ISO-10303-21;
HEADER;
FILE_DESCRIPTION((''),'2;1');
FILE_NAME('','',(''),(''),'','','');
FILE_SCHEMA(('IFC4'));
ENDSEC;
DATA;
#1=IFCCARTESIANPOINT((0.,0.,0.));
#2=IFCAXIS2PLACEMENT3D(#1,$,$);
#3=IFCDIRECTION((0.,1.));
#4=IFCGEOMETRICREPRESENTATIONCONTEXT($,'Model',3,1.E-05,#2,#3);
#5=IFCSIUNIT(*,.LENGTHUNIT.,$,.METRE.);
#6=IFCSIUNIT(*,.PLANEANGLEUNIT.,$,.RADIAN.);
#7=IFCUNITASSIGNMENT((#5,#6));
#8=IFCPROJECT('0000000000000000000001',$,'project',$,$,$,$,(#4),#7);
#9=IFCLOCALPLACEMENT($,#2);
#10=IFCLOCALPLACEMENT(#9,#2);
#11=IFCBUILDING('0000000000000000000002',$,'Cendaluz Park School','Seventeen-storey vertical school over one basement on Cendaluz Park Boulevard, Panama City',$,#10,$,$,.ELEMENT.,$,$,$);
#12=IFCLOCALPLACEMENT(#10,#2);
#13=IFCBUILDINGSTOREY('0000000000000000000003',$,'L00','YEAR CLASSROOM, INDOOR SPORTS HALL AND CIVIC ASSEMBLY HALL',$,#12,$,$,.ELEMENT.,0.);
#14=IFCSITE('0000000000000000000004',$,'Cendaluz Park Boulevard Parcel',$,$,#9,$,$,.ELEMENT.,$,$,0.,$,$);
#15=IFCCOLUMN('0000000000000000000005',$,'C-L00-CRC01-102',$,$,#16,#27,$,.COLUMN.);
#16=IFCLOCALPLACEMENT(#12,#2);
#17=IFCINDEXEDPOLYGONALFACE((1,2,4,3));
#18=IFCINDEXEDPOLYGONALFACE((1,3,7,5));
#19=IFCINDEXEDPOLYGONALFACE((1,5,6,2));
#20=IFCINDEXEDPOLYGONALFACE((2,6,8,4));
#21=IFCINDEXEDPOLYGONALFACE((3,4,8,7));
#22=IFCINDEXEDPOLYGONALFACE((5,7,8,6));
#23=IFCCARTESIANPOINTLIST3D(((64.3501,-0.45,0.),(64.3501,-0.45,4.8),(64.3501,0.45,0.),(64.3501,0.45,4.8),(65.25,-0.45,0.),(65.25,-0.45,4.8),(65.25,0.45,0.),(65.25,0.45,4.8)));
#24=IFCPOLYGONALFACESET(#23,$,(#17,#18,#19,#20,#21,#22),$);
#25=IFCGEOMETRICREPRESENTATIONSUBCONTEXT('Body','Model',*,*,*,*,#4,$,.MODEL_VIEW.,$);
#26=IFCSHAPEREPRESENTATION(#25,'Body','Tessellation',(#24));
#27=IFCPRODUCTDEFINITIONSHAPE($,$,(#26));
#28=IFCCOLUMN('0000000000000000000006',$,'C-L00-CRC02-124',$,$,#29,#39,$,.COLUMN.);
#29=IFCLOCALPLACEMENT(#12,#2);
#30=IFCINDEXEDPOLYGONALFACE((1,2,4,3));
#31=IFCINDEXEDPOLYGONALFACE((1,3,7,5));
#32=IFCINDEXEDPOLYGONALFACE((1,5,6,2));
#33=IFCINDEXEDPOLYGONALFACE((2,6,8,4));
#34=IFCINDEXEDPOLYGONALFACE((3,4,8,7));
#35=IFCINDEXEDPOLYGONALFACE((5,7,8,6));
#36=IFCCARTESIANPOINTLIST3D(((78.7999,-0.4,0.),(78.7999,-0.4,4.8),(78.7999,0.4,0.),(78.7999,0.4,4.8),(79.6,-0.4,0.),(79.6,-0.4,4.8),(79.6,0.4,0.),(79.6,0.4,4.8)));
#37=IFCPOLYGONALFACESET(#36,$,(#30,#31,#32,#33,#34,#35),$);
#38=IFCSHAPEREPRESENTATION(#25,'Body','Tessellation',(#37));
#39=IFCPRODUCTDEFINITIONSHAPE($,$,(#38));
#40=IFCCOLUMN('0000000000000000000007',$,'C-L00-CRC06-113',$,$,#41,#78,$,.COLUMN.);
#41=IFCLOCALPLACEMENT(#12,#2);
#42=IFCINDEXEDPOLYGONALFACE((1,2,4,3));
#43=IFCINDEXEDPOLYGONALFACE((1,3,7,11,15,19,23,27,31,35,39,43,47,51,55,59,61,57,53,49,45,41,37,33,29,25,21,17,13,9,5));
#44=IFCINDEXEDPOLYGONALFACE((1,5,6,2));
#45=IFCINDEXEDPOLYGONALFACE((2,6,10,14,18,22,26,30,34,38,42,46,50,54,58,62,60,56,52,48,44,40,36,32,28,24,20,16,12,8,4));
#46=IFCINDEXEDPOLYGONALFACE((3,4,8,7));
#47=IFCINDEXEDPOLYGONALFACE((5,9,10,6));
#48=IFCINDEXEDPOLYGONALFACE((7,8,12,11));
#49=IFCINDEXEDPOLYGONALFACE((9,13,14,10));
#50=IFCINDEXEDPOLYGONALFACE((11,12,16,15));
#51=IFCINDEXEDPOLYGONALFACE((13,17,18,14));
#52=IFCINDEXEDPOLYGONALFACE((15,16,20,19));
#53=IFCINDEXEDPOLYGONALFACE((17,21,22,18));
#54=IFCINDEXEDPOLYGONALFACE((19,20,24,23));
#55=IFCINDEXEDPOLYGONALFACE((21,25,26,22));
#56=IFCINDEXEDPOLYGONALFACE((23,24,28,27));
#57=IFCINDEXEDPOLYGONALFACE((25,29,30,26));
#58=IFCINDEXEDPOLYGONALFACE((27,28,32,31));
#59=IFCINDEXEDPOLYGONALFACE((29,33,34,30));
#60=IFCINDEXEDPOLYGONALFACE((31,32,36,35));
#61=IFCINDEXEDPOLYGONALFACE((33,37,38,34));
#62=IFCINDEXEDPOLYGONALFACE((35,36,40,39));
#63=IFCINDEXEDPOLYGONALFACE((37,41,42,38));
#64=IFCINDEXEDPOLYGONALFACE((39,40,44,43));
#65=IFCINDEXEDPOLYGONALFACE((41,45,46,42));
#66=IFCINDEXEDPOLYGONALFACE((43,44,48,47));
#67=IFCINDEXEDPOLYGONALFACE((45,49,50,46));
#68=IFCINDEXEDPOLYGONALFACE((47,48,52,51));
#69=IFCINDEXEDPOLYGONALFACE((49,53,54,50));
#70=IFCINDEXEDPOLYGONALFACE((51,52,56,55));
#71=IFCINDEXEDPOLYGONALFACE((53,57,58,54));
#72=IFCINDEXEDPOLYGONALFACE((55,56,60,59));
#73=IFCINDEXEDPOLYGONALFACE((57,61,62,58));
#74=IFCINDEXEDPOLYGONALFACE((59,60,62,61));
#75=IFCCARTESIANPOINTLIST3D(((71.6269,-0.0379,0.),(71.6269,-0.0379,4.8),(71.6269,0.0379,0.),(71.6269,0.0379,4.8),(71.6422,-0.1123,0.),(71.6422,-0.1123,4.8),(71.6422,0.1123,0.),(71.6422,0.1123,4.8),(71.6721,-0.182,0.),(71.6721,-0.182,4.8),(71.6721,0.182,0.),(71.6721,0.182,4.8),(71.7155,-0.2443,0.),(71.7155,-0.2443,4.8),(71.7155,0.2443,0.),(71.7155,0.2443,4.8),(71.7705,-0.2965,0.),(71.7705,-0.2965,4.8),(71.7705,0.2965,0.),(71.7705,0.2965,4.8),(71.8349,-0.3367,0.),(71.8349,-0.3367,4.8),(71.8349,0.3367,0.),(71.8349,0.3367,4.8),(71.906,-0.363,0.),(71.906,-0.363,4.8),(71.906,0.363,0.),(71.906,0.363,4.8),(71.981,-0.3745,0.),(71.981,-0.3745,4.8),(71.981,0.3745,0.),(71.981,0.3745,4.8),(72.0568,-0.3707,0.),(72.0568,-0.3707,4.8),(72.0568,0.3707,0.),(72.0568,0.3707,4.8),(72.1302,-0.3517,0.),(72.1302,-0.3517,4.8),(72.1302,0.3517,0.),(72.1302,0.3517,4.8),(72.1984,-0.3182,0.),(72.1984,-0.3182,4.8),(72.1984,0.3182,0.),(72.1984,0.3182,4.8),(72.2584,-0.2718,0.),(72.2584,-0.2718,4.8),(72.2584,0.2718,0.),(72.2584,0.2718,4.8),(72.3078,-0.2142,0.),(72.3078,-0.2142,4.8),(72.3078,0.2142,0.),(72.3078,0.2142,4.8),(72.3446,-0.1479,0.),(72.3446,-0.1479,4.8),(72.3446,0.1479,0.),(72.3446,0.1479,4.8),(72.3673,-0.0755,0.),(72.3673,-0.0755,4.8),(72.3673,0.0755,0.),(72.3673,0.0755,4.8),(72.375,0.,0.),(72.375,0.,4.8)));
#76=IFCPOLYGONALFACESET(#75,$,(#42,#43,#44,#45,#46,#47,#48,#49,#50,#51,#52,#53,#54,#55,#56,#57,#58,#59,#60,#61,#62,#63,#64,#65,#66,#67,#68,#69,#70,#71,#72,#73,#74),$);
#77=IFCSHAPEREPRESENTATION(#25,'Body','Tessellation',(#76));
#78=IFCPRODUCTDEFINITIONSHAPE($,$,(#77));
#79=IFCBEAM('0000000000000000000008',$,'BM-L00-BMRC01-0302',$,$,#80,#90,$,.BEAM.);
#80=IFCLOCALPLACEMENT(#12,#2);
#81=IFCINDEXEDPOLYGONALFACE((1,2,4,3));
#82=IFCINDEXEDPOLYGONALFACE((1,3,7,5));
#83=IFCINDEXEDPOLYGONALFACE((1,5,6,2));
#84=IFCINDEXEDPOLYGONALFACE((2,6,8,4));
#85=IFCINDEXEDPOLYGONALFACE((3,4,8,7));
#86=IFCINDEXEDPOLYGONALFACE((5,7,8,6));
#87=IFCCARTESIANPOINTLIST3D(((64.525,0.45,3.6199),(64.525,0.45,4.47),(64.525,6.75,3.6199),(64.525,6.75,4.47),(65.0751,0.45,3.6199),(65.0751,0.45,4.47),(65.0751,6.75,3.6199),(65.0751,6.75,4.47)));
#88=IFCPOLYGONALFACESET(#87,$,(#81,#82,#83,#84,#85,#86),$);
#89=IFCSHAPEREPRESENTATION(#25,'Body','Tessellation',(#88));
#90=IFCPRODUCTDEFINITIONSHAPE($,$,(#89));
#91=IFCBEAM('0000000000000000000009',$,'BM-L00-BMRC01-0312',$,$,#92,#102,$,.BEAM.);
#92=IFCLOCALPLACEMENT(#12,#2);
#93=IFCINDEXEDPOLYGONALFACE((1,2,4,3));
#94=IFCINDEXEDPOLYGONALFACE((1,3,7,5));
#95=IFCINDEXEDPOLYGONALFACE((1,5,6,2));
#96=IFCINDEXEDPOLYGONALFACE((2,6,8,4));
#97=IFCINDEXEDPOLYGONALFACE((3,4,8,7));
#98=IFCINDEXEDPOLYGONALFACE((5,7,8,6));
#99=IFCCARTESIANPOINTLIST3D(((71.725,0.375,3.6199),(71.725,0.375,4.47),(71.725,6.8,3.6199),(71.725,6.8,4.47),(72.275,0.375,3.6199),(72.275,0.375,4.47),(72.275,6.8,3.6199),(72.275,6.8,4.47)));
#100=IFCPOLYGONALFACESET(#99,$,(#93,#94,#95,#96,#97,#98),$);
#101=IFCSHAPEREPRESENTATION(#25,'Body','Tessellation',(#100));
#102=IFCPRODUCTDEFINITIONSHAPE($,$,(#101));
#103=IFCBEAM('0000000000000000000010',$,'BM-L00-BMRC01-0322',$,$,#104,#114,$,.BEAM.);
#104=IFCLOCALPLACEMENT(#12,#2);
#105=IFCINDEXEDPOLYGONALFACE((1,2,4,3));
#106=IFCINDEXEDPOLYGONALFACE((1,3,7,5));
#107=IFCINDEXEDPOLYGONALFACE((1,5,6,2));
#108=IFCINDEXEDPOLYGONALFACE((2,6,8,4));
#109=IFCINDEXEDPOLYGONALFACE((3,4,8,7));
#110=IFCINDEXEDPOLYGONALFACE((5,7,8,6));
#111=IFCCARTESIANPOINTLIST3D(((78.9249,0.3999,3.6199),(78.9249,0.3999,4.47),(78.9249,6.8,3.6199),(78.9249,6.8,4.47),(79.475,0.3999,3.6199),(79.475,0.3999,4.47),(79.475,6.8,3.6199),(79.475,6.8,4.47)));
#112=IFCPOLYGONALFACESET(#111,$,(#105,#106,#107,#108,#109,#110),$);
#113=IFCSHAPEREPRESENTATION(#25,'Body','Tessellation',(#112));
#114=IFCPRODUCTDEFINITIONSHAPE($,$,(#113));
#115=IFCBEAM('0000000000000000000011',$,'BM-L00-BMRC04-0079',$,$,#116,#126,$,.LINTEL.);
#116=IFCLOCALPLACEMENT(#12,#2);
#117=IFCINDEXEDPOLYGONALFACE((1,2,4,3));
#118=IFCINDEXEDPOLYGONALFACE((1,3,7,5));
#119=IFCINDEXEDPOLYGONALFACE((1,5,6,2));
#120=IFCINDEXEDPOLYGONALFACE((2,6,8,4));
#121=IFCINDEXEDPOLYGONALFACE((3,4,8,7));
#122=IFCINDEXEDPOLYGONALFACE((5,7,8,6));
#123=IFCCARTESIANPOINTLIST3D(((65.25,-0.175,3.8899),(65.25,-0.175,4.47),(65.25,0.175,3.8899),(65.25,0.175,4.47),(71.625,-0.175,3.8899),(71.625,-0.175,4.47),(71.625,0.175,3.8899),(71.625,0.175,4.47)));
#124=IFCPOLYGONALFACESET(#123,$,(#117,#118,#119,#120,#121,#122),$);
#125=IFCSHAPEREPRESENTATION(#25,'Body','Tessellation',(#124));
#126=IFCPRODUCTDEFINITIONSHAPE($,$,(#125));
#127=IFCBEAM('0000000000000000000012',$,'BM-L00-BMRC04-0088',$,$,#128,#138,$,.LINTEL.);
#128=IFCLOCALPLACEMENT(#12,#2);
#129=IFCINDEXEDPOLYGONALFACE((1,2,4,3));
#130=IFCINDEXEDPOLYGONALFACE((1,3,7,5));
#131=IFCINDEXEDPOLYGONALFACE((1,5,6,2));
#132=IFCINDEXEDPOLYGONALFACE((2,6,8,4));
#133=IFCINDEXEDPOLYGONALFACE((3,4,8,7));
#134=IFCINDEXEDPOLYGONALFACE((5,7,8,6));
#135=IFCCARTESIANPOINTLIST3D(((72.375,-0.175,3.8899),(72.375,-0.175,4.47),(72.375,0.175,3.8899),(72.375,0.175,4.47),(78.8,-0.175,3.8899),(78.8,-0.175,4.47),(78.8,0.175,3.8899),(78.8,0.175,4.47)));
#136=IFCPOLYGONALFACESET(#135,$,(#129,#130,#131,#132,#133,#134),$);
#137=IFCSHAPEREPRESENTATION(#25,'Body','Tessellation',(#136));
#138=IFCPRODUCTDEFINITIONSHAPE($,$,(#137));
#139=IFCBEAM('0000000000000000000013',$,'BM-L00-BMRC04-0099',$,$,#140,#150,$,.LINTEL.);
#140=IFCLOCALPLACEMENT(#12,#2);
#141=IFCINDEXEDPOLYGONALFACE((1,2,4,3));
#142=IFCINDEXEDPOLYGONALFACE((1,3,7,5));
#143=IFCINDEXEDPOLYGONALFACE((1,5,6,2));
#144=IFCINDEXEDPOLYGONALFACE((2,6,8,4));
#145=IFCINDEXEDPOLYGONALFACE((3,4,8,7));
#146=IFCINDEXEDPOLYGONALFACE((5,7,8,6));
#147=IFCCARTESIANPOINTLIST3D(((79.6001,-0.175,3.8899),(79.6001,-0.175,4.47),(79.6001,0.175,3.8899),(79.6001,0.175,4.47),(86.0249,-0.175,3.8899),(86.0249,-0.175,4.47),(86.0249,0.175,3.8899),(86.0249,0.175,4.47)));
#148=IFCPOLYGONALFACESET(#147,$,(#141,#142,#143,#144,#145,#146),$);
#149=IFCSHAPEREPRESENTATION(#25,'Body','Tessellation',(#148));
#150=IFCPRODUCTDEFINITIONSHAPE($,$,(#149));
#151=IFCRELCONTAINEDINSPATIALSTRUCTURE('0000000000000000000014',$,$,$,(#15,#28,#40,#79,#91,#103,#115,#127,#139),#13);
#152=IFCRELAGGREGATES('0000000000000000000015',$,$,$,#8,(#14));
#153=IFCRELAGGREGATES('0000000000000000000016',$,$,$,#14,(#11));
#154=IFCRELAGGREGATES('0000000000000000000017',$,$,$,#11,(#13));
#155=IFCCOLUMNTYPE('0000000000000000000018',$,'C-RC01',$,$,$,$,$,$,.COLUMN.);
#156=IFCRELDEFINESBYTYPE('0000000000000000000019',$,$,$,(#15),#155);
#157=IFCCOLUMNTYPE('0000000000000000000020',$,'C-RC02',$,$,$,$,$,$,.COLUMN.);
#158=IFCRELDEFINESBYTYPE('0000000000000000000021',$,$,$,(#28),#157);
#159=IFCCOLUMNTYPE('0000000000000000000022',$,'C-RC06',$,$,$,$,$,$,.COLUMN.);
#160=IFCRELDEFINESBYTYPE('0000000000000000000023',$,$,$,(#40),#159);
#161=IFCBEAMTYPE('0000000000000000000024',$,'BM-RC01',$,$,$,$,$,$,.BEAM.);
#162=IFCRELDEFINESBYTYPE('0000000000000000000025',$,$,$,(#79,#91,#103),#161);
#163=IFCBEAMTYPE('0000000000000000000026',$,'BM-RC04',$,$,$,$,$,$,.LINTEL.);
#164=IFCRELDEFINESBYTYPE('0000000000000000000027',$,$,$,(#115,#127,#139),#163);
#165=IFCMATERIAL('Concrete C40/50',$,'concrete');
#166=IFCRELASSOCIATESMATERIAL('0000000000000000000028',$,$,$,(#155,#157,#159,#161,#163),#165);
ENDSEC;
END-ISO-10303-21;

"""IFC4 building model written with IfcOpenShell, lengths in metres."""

from ifc_helpers import new_model, si_unit, direction, frame, origin, origin_2d, place, context, subcontext, project, spatial, rectangle, circle, extrude, material, material_profile, profile_set, type_object, element, save


model = new_model("IFC4")

# Units and contexts
model_context = context("Model", 3, precision=1e-05, world=origin(), true_north=direction((0.0, 1.0)))
body_context = subcontext(model_context, "Body", "Model", "MODEL_VIEW")
ifc_project = project(units=[si_unit("LENGTHUNIT", "METRE"), si_unit("PLANEANGLEUNIT", "RADIAN")], contexts=[model_context])

# Site, building, storey
site_placement = place(None, origin())
site = spatial("IfcSite", under=ifc_project, at=site_placement, Name="Cendaluz Park Boulevard Parcel", CompositionType="ELEMENT", RefElevation=0.0)
building_placement = place(site_placement, origin())
building = spatial("IfcBuilding", under=site, at=building_placement, Name="Cendaluz Park School", Description="Seventeen-storey vertical school over one basement on Cendaluz Park Boulevard, Panama City", CompositionType="ELEMENT")
storey_placement = place(building_placement, origin())
storey = spatial("IfcBuildingStorey", under=building, at=storey_placement, Name="L00", Description="YEAR CLASSROOM, INDOOR SPORTS HALL AND CIVIC ASSEMBLY HALL", CompositionType="ELEMENT", Elevation=0.0)

# Columns
ifc_material_1 = material(Name="Concrete C40/50", Category="concrete")
ifc_material_profile_1 = material_profile(ifc_material_1, rectangle(XDim=0.8999, YDim=0.8999, at=origin_2d()), Name="RC 900x900", Category="concrete")
ifc_profile_set_1 = profile_set([ifc_material_profile_1], Name="Concrete C40/50")
column_type_1 = type_object("IfcColumnType", Name="C-RC01", PredefinedType="COLUMN", material=ifc_profile_set_1)
column_1_placement = place(storey_placement, frame((64.8, 0.0, 0.0), z_axis=(0.0, 0.0, 1.0), x_axis=(1.0, 0.0, 0.0)))
element("IfcColumn", 1, at=column_1_placement, inside=storey, type_object=column_type_1, Name="C-L00-CRC01-102", PredefinedType="COLUMN", context=body_context, shape_type="SweptSolid", body=[
    extrude(rectangle(XDim=0.8999, YDim=0.8999, at=origin_2d()), origin(), (0.0, 0.0, 1.0), 4.8),
])
ifc_material_profile_2 = material_profile(ifc_material_1, rectangle(XDim=0.8, YDim=0.8, at=origin_2d()), Name="RC 800x800", Category="concrete")
ifc_profile_set_2 = profile_set([ifc_material_profile_2], Name="Concrete C40/50")
column_type_2 = type_object("IfcColumnType", Name="C-RC02", PredefinedType="COLUMN", material=ifc_profile_set_2)
column_2_placement = place(storey_placement, frame((79.2, 0.0, 0.0), z_axis=(0.0, 0.0, 1.0), x_axis=(1.0, 0.0, 0.0)))
element("IfcColumn", 2, at=column_2_placement, inside=storey, type_object=column_type_2, Name="C-L00-CRC02-124", PredefinedType="COLUMN", context=body_context, shape_type="SweptSolid", body=[
    extrude(rectangle(XDim=0.8, YDim=0.8, at=origin_2d()), origin(), (0.0, 0.0, 1.0), 4.8),
])
ifc_material_profile_3 = material_profile(ifc_material_1, circle(Radius=0.375, at=origin_2d()), Name="RC D750", Category="concrete")
ifc_profile_set_3 = profile_set([ifc_material_profile_3], Name="Concrete C40/50")
column_type_3 = type_object("IfcColumnType", Name="C-RC06", PredefinedType="COLUMN", material=ifc_profile_set_3)
column_3_placement = place(storey_placement, frame((72.0, 0.0, 0.0), z_axis=(0.0, 0.0, 1.0), x_axis=(1.0, 0.0, 0.0)))
element("IfcColumn", 3, at=column_3_placement, inside=storey, type_object=column_type_3, Name="C-L00-CRC06-113", PredefinedType="COLUMN", context=body_context, shape_type="SweptSolid", body=[
    extrude(circle(Radius=0.375, at=origin_2d()), origin(), (0.0, 0.0, 1.0), 4.8),
])

# Beams
ifc_material_profile_4 = material_profile(ifc_material_1, rectangle(XDim=0.55, YDim=0.8501, at=origin_2d()), Name="RC 550x850", Category="concrete")
ifc_profile_set_4 = profile_set([ifc_material_profile_4], Name="Concrete C40/50")
beam_type_1 = type_object("IfcBeamType", Name="BM-RC01", PredefinedType="BEAM", material=ifc_profile_set_4)
beam_1_placement = place(storey_placement, frame((64.8, 0.45, 4.0449), z_axis=(0.0, 1.0, 0.0), x_axis=(-1.0, 0.0, 0.0)))
element("IfcBeam", 4, at=beam_1_placement, inside=storey, type_object=beam_type_1, Name="BM-L00-BMRC01-0302", PredefinedType="BEAM", context=body_context, shape_type="SweptSolid", body=[
    extrude(rectangle(XDim=0.55, YDim=0.8501, at=origin_2d()), origin(), (0.0, 0.0, 1.0), 6.3),
])
beam_2_placement = place(storey_placement, frame((72.0, 0.375, 4.0449), z_axis=(0.0, 1.0, 0.0), x_axis=(-1.0, 0.0, 0.0)))
element("IfcBeam", 5, at=beam_2_placement, inside=storey, type_object=beam_type_1, Name="BM-L00-BMRC01-0312", PredefinedType="BEAM", context=body_context, shape_type="SweptSolid", body=[
    extrude(rectangle(XDim=0.55, YDim=0.8501, at=origin_2d()), origin(), (0.0, 0.0, 1.0), 6.425),
])
beam_3_placement = place(storey_placement, frame((79.2, 0.3999, 4.0449), z_axis=(0.0, 1.0, 0.0), x_axis=(-1.0, 0.0, 0.0)))
element("IfcBeam", 6, at=beam_3_placement, inside=storey, type_object=beam_type_1, Name="BM-L00-BMRC01-0322", PredefinedType="BEAM", context=body_context, shape_type="SweptSolid", body=[
    extrude(rectangle(XDim=0.55, YDim=0.8501, at=origin_2d()), origin(), (0.0, 0.0, 1.0), 6.4001),
])
ifc_material_profile_5 = material_profile(ifc_material_1, rectangle(XDim=0.3501, YDim=0.5801, at=origin_2d()), Name="RC 350x580", Category="concrete")
ifc_profile_set_5 = profile_set([ifc_material_profile_5], Name="Concrete C40/50")
beam_type_2 = type_object("IfcBeamType", Name="BM-RC04", PredefinedType="LINTEL", material=ifc_profile_set_5)
beam_4_placement = place(storey_placement, frame((65.25, 0.0, 4.1799), z_axis=(1.0, 0.0, 0.0), x_axis=(0.0, 1.0, 0.0)))
element("IfcBeam", 7, at=beam_4_placement, inside=storey, type_object=beam_type_2, Name="BM-L00-BMRC04-0079", PredefinedType="LINTEL", context=body_context, shape_type="SweptSolid", body=[
    extrude(rectangle(XDim=0.3501, YDim=0.5801, at=origin_2d()), origin(), (0.0, 0.0, 1.0), 6.375),
])
beam_5_placement = place(storey_placement, frame((72.375, 0.0, 4.1799), z_axis=(1.0, 0.0, 0.0), x_axis=(0.0, 1.0, 0.0)))
element("IfcBeam", 8, at=beam_5_placement, inside=storey, type_object=beam_type_2, Name="BM-L00-BMRC04-0088", PredefinedType="LINTEL", context=body_context, shape_type="SweptSolid", body=[
    extrude(rectangle(XDim=0.3501, YDim=0.5801, at=origin_2d()), origin(), (0.0, 0.0, 1.0), 6.425),
])
beam_6_placement = place(storey_placement, frame((79.6001, 0.0, 4.1799), z_axis=(1.0, 0.0, 0.0), x_axis=(0.0, 1.0, 0.0)))
element("IfcBeam", 9, at=beam_6_placement, inside=storey, type_object=beam_type_2, Name="BM-L00-BMRC04-0099", PredefinedType="LINTEL", context=body_context, shape_type="SweptSolid", body=[
    extrude(rectangle(XDim=0.3501, YDim=0.5801, at=origin_2d()), origin(), (0.0, 0.0, 1.0), 6.4248),
])

save(model, "model.ifc")
